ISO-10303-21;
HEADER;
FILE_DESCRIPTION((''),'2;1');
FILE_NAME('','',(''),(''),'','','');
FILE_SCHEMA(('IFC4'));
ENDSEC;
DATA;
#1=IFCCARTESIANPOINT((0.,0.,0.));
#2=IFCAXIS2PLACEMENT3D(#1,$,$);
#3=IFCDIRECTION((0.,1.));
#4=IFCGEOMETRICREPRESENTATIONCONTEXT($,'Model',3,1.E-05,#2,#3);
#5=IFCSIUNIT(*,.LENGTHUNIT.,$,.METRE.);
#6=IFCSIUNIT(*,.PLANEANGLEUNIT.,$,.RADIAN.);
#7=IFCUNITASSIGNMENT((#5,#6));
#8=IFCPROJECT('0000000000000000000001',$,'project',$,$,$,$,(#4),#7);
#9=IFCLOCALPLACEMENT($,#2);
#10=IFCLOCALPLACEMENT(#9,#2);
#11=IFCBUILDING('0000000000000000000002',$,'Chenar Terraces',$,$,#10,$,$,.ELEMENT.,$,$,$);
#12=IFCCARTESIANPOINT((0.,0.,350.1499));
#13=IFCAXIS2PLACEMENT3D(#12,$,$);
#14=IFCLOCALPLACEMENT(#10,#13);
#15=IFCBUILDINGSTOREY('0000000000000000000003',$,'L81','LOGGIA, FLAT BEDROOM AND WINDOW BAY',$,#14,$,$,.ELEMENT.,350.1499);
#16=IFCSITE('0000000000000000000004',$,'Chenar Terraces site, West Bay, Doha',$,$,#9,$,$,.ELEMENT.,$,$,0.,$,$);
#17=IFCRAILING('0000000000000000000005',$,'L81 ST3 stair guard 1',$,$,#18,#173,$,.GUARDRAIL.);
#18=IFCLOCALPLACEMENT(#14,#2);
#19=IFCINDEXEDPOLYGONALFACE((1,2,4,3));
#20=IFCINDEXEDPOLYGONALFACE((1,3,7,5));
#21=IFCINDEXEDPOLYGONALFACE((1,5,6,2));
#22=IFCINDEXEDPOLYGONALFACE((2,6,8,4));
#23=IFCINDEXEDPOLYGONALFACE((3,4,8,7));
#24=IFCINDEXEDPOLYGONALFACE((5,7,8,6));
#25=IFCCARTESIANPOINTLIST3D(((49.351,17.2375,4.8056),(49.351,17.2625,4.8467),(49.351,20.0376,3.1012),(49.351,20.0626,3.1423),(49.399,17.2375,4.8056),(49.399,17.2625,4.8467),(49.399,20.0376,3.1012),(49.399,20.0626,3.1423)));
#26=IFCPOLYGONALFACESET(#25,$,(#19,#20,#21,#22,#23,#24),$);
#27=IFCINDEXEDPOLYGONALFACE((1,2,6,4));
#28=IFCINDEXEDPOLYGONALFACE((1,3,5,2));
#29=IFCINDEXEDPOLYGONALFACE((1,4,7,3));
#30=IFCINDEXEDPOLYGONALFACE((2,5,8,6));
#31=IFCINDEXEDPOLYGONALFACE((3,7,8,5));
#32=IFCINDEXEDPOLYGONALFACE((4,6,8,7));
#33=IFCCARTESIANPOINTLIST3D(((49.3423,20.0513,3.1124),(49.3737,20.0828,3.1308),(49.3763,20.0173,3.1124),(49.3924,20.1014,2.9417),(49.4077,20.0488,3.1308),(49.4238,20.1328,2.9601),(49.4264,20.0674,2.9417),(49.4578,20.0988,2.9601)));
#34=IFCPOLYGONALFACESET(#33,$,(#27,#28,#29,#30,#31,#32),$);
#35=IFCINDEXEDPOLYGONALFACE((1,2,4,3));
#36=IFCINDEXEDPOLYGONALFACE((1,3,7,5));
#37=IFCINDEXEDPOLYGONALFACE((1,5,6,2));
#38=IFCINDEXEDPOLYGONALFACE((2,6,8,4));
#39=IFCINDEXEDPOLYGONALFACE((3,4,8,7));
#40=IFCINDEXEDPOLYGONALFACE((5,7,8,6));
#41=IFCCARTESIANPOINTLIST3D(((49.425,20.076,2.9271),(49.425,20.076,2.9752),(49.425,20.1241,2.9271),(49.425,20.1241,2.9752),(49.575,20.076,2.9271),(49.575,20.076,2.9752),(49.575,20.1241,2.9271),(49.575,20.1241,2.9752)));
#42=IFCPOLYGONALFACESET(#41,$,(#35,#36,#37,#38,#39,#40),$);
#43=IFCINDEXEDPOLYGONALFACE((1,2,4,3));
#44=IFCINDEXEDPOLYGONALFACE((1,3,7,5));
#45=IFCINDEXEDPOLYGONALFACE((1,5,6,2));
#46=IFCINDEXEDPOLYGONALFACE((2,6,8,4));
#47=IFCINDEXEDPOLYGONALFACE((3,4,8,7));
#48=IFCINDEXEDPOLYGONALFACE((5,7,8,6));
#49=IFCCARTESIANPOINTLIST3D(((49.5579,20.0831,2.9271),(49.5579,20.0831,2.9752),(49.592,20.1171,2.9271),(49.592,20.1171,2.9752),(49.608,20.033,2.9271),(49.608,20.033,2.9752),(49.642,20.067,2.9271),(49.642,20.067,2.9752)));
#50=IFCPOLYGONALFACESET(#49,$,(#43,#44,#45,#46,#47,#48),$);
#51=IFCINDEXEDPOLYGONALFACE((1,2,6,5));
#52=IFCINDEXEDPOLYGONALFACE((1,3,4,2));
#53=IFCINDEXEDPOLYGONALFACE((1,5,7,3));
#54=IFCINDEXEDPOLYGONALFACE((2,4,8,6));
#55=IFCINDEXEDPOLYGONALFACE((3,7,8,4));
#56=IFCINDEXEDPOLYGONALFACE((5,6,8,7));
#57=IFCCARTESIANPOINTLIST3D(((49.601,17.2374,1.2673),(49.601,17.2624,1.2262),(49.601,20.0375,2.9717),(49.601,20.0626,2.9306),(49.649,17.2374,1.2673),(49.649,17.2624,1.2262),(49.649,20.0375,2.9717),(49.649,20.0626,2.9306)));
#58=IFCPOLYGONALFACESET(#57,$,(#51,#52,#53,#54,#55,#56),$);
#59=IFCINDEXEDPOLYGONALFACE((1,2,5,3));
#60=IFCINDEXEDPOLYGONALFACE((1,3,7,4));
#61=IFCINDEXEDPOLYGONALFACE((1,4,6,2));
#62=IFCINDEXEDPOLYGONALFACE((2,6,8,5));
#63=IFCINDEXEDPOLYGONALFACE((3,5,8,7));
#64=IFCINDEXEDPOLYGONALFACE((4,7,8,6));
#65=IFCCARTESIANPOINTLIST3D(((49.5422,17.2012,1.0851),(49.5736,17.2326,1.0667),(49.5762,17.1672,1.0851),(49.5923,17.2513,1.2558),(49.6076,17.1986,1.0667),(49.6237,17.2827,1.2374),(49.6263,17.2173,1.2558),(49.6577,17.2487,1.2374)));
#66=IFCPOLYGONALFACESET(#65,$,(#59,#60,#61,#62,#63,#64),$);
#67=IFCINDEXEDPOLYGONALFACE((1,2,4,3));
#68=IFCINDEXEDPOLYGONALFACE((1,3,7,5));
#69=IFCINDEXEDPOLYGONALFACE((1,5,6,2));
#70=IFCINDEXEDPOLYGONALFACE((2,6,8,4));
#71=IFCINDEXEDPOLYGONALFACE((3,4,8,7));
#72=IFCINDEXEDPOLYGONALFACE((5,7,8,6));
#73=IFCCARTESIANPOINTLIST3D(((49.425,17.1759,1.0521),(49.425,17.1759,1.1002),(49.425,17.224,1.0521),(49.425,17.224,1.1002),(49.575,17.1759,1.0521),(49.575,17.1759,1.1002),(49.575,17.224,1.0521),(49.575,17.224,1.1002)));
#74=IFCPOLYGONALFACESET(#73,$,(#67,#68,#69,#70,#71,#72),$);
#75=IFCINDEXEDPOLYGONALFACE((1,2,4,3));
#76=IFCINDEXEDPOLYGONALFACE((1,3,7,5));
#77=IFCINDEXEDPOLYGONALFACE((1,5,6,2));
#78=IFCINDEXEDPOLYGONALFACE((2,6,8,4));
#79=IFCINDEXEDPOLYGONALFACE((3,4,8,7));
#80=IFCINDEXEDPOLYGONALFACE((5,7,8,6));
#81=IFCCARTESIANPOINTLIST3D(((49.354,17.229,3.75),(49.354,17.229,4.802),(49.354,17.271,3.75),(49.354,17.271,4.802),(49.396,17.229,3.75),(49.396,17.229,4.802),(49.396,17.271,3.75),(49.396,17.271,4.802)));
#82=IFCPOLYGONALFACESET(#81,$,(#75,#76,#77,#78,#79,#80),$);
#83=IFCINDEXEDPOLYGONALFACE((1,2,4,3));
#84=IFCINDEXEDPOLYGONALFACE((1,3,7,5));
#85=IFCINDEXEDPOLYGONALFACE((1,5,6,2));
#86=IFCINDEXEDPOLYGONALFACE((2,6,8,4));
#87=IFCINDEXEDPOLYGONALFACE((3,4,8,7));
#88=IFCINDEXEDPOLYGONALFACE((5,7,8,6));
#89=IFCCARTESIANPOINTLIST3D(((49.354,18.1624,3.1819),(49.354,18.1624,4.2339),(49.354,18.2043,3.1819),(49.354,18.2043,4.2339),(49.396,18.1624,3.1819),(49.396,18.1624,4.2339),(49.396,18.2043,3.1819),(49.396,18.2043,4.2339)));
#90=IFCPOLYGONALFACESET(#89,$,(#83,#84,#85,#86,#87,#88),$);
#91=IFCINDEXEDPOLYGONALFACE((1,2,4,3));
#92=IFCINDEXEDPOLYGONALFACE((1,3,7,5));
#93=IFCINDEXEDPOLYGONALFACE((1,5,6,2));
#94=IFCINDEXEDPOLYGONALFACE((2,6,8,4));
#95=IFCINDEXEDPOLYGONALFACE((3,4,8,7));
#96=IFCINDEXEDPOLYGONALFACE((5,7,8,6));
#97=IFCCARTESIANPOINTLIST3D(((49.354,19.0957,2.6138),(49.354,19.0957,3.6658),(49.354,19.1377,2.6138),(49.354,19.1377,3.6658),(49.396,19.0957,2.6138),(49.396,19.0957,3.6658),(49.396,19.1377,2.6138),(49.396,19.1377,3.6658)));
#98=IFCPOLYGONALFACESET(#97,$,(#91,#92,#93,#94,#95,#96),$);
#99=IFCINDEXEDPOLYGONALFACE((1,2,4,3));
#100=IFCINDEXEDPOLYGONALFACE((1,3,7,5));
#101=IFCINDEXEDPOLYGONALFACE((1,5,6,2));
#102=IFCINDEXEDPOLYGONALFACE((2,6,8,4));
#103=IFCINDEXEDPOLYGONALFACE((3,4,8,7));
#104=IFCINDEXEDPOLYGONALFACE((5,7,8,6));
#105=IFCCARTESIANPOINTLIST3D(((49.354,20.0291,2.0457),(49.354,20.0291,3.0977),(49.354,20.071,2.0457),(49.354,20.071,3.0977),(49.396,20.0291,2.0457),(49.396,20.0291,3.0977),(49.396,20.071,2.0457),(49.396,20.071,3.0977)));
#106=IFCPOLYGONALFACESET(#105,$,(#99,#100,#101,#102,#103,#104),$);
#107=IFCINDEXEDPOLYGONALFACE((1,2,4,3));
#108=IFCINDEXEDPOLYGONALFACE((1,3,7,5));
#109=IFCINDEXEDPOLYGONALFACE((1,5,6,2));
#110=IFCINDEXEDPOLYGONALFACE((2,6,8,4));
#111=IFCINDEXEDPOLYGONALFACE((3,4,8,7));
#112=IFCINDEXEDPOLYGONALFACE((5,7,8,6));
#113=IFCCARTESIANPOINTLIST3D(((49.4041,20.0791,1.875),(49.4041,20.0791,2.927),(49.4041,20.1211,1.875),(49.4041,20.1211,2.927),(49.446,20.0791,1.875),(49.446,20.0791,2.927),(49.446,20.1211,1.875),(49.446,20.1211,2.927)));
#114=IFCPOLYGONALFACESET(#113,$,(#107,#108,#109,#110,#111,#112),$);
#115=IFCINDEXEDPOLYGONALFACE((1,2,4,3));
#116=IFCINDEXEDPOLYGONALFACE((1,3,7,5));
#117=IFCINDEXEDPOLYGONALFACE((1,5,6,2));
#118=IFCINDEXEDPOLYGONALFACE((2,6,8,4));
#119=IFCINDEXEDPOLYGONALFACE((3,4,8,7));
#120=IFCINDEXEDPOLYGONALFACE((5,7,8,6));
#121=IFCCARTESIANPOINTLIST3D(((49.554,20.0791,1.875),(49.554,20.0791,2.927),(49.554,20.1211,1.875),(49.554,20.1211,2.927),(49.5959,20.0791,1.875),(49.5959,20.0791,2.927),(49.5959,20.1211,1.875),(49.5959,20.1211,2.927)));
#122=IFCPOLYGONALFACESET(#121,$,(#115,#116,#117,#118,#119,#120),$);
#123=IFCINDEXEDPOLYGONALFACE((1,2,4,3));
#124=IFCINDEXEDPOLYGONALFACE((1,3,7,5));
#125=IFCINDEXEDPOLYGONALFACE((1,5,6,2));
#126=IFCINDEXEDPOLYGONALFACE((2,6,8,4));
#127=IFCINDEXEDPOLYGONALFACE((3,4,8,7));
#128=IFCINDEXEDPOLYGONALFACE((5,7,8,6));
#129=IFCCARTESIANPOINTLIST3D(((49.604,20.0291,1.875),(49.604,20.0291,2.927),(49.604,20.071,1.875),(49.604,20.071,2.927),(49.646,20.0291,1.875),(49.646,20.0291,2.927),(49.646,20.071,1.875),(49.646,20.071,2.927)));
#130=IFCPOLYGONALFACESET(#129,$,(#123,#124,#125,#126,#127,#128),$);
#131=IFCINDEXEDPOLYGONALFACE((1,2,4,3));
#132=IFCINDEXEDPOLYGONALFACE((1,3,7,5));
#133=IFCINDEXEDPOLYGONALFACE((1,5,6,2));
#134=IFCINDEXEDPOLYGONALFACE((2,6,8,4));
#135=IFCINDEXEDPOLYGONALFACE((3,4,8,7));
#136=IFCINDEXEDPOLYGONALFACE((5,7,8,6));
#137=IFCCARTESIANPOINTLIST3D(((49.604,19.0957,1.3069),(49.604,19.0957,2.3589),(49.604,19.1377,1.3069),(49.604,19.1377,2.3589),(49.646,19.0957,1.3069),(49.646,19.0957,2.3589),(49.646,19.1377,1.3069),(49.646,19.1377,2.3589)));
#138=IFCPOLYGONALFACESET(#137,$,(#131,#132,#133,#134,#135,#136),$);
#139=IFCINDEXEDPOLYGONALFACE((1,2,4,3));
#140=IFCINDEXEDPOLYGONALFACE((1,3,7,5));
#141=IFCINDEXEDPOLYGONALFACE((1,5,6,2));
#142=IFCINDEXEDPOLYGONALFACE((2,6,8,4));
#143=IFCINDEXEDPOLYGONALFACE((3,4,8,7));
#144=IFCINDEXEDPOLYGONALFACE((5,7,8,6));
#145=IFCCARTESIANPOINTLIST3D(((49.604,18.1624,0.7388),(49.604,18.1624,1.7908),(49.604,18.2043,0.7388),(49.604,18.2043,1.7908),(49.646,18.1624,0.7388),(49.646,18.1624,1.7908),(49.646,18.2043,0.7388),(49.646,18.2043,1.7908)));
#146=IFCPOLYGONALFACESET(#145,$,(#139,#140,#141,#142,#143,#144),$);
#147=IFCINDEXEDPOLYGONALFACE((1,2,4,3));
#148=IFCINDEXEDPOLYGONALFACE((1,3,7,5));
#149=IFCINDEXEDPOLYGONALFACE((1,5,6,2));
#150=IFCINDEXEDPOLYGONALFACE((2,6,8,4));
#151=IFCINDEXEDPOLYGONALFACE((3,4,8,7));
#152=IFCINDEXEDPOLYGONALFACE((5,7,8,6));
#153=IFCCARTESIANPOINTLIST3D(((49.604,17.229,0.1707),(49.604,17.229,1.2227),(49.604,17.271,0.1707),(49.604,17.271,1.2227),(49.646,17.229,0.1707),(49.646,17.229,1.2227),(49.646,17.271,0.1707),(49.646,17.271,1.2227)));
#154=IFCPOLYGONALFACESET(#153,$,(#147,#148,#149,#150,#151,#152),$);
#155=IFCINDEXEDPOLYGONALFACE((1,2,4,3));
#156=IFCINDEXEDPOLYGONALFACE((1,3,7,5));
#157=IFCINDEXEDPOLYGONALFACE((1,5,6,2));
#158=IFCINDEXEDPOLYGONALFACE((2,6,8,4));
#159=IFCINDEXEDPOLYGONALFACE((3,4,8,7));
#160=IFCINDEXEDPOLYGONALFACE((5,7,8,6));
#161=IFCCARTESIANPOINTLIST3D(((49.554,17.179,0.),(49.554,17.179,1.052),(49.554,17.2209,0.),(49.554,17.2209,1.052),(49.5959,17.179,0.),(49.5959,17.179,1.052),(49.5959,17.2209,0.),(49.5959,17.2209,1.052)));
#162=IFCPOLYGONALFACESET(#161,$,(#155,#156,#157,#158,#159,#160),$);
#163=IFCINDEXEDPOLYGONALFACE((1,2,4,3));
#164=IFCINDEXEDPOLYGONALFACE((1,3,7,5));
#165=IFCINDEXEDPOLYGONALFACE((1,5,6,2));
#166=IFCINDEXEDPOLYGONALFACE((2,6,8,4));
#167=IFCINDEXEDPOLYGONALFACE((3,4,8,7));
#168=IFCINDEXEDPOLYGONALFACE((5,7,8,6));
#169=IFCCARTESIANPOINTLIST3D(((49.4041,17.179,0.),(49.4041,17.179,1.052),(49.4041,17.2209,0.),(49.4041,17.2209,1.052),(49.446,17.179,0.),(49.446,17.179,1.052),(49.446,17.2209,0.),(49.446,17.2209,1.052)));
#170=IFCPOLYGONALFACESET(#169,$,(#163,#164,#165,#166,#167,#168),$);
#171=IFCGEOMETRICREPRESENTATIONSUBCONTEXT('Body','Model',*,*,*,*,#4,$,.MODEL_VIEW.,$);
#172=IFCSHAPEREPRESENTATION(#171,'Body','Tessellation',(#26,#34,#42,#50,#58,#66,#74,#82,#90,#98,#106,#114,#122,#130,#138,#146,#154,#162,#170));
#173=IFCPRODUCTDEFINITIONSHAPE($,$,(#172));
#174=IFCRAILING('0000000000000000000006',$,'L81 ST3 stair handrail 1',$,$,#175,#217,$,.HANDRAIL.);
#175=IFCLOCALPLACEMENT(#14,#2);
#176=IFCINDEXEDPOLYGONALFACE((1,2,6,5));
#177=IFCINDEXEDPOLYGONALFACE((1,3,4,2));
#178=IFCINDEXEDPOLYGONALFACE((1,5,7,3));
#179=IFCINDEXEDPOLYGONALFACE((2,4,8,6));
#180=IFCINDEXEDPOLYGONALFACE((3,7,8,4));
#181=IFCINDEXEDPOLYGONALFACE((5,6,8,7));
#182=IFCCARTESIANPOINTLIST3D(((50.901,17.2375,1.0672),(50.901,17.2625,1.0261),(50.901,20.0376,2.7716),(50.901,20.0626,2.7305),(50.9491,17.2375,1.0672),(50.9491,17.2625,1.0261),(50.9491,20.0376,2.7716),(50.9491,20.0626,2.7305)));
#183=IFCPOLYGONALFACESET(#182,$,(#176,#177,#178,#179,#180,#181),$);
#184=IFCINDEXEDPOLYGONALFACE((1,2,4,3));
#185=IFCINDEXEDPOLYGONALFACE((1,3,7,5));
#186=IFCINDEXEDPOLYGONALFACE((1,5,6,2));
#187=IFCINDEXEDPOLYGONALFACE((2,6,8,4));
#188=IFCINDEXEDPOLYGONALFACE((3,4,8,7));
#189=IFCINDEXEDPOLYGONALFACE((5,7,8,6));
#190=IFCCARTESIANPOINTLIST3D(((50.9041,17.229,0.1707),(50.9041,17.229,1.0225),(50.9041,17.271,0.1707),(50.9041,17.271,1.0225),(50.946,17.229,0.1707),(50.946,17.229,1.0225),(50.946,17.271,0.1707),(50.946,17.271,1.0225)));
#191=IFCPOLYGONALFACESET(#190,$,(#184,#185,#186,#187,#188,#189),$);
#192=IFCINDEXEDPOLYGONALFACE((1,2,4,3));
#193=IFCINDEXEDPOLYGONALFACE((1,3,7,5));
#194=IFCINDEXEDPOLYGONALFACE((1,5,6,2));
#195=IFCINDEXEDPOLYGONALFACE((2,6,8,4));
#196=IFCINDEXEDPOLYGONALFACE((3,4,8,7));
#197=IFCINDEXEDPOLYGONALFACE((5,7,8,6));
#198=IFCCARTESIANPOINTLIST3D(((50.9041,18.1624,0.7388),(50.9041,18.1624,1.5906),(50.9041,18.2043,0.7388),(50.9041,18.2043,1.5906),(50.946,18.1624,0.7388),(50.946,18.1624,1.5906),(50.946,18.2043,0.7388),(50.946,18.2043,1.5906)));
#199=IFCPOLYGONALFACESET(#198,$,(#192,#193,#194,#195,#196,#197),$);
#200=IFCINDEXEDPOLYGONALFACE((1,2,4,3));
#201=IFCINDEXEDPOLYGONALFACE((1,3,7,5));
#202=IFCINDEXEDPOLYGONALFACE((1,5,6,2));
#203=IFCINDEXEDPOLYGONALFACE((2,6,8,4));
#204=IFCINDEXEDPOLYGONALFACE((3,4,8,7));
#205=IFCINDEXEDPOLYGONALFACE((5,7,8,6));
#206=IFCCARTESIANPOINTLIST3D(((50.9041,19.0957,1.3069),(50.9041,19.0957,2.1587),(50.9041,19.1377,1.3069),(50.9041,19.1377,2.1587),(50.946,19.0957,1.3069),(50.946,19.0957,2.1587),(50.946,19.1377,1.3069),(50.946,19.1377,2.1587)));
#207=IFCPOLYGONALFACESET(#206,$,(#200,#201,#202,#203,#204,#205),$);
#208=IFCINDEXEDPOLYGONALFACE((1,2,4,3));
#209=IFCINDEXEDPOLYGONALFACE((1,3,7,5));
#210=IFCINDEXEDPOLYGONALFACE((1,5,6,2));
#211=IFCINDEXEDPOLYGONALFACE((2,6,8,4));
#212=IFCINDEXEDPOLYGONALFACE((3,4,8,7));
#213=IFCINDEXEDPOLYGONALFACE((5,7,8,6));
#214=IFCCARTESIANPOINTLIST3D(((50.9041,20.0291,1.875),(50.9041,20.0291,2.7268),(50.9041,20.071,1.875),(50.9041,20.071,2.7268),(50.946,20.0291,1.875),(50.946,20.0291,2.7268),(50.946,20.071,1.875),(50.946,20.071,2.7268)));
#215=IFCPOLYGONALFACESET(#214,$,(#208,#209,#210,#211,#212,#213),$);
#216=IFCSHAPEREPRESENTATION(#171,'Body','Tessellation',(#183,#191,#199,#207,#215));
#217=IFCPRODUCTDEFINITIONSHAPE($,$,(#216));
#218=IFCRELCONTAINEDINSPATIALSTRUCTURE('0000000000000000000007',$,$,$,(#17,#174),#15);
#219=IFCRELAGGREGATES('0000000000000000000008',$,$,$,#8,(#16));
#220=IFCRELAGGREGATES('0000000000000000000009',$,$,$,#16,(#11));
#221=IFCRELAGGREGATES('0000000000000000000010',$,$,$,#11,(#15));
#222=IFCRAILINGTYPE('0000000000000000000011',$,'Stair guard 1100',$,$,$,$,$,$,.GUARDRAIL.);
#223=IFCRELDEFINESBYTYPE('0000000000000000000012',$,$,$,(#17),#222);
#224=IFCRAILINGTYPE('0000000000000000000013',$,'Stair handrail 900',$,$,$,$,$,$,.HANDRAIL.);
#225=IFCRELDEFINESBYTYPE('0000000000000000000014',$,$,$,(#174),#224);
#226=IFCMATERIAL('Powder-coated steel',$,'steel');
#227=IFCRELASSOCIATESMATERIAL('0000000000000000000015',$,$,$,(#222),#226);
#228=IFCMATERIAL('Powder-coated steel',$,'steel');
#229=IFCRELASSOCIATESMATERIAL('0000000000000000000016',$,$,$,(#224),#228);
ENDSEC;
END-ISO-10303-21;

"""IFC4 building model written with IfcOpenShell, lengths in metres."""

from ifc_helpers import new_model, si_unit, direction, frame, origin, origin_2d, place, context, subcontext, project, spatial, rectangle, extrude, material, type_object, element, save


model = new_model("IFC4")

# Units and contexts
model_context = context("Model", 3, precision=1e-05, world=origin(), true_north=direction((0.0, 1.0)))
body_context = subcontext(model_context, "Body", "Model", "MODEL_VIEW")
ifc_project = project(units=[si_unit("LENGTHUNIT", "METRE"), si_unit("PLANEANGLEUNIT", "RADIAN")], contexts=[model_context])

# Site, building, storey
site_placement = place(None, origin())
site = spatial("IfcSite", under=ifc_project, at=site_placement, Name="Chenar Terraces site, West Bay, Doha", CompositionType="ELEMENT", RefElevation=0.0)
building_placement = place(site_placement, origin())
building = spatial("IfcBuilding", under=site, at=building_placement, Name="Chenar Terraces", CompositionType="ELEMENT")
storey_placement = place(building_placement, frame((0.0, 0.0, 350.1499)))
storey = spatial("IfcBuildingStorey", under=building, at=storey_placement, Name="L81", Description="LOGGIA, FLAT BEDROOM AND WINDOW BAY", CompositionType="ELEMENT", Elevation=350.1499)

# Railings
ifc_material_1 = material(Name="Powder-coated steel", Category="steel")
railing_type_1 = type_object("IfcRailingType", Name="Stair guard 1100", PredefinedType="GUARDRAIL", material=ifc_material_1)
railing_1_placement = place(storey_placement, frame((49.375, 17.25, 3.75)))
element("IfcRailing", 1, at=railing_1_placement, inside=storey, type_object=railing_type_1, Name="L81 ST3 stair guard 1", PredefinedType="GUARDRAIL", context=body_context, shape_type="SweptSolid", body=[
    extrude(rectangle(XDim=0.0481, YDim=0.0481, at=origin_2d()), frame((0.0, 0.0, 1.0762), z_axis=(0.0, 0.854203, -0.51994), x_axis=(-1.0, 0.0, 0.0)), (0.0, 0.0, 1.0), 3.2781),
    extrude(rectangle(XDim=0.0481, YDim=0.0481, at=origin_2d()), frame((0.0, 2.8, -0.6284), z_axis=(0.2709, 0.2709, -0.923703), x_axis=(-0.707107, 0.707107, 0.0)), (0.0, 0.0, 1.0), 0.1848),
    extrude(rectangle(XDim=0.0481, YDim=0.0481, at=origin_2d()), frame((0.05, 2.8501, -0.7988), z_axis=(1.0, 0.0, 0.0), x_axis=(0.0, 1.0, 0.0)), (0.0, 0.0, 1.0), 0.1499),
    extrude(rectangle(XDim=0.0481, YDim=0.0481, at=origin_2d()), frame((0.2, 2.8501, -0.7988), z_axis=(0.707107, -0.707107, 0.0), x_axis=(0.707107, 0.707107, 0.0)), (0.0, 0.0, 1.0), 0.0708),
    extrude(rectangle(XDim=0.0481, YDim=0.0481, at=origin_2d()), frame((0.25, 2.8, -0.7988), z_axis=(0.0, -0.854203, -0.51994), x_axis=(1.0, 0.0, 0.0)), (0.0, 0.0, 1.0), 3.2781),
    extrude(rectangle(XDim=0.0481, YDim=0.0481, at=origin_2d()), frame((0.25, 0.0, -2.5034), z_axis=(-0.2709, -0.2709, -0.923703), x_axis=(0.707107, -0.707107, 0.0)), (0.0, 0.0, 1.0), 0.1848),
    extrude(rectangle(XDim=0.0481, YDim=0.0481, at=origin_2d()), frame((0.2, -0.05, -2.6738), z_axis=(-1.0, 0.0, 0.0), x_axis=(0.0, -1.0, 0.0)), (0.0, 0.0, 1.0), 0.1499),
    extrude(rectangle(XDim=0.042, YDim=0.042, at=origin_2d()), origin(), (0.0, 0.0, 1.0), 1.052),
    extrude(rectangle(XDim=0.042, YDim=0.042, at=origin_2d()), frame((0.0, 0.9333, -0.5681)), (0.0, 0.0, 1.0), 1.052),
    extrude(rectangle(XDim=0.042, YDim=0.042, at=origin_2d()), frame((0.0, 1.8667, -1.1362)), (0.0, 0.0, 1.0), 1.052),
    extrude(rectangle(XDim=0.042, YDim=0.042, at=origin_2d()), frame((0.0, 2.8, -1.7043)), (0.0, 0.0, 1.0), 1.052),
    extrude(rectangle(XDim=0.042, YDim=0.042, at=origin_2d()), frame((0.05, 2.8501, -1.875)), (0.0, 0.0, 1.0), 1.052),
    extrude(rectangle(XDim=0.042, YDim=0.042, at=origin_2d()), frame((0.2, 2.8501, -1.875)), (0.0, 0.0, 1.0), 1.052),
    extrude(rectangle(XDim=0.042, YDim=0.042, at=origin_2d()), frame((0.25, 2.8, -1.875)), (0.0, 0.0, 1.0), 1.052),
    extrude(rectangle(XDim=0.042, YDim=0.042, at=origin_2d()), frame((0.25, 1.8667, -2.4431)), (0.0, 0.0, 1.0), 1.052),
    extrude(rectangle(XDim=0.042, YDim=0.042, at=origin_2d()), frame((0.25, 0.9333, -3.0112)), (0.0, 0.0, 1.0), 1.052),
    extrude(rectangle(XDim=0.042, YDim=0.042, at=origin_2d()), frame((0.25, 0.0, -3.5793)), (0.0, 0.0, 1.0), 1.052),
    extrude(rectangle(XDim=0.042, YDim=0.042, at=origin_2d()), frame((0.2, -0.05, -3.75)), (0.0, 0.0, 1.0), 1.052),
    extrude(rectangle(XDim=0.042, YDim=0.042, at=origin_2d()), frame((0.05, -0.05, -3.75)), (0.0, 0.0, 1.0), 1.052),
])
ifc_material_2 = material(Name="Powder-coated steel", Category="steel")
railing_type_2 = type_object("IfcRailingType", Name="Stair handrail 900", PredefinedType="HANDRAIL", material=ifc_material_2)
railing_2_placement = place(storey_placement, frame((50.925, 17.25, 0.1707)))
element("IfcRailing", 2, at=railing_2_placement, inside=storey, type_object=railing_type_2, Name="L81 ST3 stair handrail 1", PredefinedType="HANDRAIL", context=body_context, shape_type="SweptSolid", body=[
    extrude(rectangle(XDim=0.0481, YDim=0.0481, at=origin_2d()), frame((0.0, 0.0, 0.876), z_axis=(0.0, 0.854203, 0.51994), x_axis=(-1.0, 0.0, 0.0)), (0.0, 0.0, 1.0), 3.2781),
    extrude(rectangle(XDim=0.042, YDim=0.042, at=origin_2d()), origin(), (0.0, 0.0, 1.0), 0.8518),
    extrude(rectangle(XDim=0.042, YDim=0.042, at=origin_2d()), frame((0.0, 0.9333, 0.5681)), (0.0, 0.0, 1.0), 0.8518),
    extrude(rectangle(XDim=0.042, YDim=0.042, at=origin_2d()), frame((0.0, 1.8667, 1.1362)), (0.0, 0.0, 1.0), 0.8518),
    extrude(rectangle(XDim=0.042, YDim=0.042, at=origin_2d()), frame((0.0, 2.8, 1.7043)), (0.0, 0.0, 1.0), 0.8518),
])

save(model, "model.ifc")
